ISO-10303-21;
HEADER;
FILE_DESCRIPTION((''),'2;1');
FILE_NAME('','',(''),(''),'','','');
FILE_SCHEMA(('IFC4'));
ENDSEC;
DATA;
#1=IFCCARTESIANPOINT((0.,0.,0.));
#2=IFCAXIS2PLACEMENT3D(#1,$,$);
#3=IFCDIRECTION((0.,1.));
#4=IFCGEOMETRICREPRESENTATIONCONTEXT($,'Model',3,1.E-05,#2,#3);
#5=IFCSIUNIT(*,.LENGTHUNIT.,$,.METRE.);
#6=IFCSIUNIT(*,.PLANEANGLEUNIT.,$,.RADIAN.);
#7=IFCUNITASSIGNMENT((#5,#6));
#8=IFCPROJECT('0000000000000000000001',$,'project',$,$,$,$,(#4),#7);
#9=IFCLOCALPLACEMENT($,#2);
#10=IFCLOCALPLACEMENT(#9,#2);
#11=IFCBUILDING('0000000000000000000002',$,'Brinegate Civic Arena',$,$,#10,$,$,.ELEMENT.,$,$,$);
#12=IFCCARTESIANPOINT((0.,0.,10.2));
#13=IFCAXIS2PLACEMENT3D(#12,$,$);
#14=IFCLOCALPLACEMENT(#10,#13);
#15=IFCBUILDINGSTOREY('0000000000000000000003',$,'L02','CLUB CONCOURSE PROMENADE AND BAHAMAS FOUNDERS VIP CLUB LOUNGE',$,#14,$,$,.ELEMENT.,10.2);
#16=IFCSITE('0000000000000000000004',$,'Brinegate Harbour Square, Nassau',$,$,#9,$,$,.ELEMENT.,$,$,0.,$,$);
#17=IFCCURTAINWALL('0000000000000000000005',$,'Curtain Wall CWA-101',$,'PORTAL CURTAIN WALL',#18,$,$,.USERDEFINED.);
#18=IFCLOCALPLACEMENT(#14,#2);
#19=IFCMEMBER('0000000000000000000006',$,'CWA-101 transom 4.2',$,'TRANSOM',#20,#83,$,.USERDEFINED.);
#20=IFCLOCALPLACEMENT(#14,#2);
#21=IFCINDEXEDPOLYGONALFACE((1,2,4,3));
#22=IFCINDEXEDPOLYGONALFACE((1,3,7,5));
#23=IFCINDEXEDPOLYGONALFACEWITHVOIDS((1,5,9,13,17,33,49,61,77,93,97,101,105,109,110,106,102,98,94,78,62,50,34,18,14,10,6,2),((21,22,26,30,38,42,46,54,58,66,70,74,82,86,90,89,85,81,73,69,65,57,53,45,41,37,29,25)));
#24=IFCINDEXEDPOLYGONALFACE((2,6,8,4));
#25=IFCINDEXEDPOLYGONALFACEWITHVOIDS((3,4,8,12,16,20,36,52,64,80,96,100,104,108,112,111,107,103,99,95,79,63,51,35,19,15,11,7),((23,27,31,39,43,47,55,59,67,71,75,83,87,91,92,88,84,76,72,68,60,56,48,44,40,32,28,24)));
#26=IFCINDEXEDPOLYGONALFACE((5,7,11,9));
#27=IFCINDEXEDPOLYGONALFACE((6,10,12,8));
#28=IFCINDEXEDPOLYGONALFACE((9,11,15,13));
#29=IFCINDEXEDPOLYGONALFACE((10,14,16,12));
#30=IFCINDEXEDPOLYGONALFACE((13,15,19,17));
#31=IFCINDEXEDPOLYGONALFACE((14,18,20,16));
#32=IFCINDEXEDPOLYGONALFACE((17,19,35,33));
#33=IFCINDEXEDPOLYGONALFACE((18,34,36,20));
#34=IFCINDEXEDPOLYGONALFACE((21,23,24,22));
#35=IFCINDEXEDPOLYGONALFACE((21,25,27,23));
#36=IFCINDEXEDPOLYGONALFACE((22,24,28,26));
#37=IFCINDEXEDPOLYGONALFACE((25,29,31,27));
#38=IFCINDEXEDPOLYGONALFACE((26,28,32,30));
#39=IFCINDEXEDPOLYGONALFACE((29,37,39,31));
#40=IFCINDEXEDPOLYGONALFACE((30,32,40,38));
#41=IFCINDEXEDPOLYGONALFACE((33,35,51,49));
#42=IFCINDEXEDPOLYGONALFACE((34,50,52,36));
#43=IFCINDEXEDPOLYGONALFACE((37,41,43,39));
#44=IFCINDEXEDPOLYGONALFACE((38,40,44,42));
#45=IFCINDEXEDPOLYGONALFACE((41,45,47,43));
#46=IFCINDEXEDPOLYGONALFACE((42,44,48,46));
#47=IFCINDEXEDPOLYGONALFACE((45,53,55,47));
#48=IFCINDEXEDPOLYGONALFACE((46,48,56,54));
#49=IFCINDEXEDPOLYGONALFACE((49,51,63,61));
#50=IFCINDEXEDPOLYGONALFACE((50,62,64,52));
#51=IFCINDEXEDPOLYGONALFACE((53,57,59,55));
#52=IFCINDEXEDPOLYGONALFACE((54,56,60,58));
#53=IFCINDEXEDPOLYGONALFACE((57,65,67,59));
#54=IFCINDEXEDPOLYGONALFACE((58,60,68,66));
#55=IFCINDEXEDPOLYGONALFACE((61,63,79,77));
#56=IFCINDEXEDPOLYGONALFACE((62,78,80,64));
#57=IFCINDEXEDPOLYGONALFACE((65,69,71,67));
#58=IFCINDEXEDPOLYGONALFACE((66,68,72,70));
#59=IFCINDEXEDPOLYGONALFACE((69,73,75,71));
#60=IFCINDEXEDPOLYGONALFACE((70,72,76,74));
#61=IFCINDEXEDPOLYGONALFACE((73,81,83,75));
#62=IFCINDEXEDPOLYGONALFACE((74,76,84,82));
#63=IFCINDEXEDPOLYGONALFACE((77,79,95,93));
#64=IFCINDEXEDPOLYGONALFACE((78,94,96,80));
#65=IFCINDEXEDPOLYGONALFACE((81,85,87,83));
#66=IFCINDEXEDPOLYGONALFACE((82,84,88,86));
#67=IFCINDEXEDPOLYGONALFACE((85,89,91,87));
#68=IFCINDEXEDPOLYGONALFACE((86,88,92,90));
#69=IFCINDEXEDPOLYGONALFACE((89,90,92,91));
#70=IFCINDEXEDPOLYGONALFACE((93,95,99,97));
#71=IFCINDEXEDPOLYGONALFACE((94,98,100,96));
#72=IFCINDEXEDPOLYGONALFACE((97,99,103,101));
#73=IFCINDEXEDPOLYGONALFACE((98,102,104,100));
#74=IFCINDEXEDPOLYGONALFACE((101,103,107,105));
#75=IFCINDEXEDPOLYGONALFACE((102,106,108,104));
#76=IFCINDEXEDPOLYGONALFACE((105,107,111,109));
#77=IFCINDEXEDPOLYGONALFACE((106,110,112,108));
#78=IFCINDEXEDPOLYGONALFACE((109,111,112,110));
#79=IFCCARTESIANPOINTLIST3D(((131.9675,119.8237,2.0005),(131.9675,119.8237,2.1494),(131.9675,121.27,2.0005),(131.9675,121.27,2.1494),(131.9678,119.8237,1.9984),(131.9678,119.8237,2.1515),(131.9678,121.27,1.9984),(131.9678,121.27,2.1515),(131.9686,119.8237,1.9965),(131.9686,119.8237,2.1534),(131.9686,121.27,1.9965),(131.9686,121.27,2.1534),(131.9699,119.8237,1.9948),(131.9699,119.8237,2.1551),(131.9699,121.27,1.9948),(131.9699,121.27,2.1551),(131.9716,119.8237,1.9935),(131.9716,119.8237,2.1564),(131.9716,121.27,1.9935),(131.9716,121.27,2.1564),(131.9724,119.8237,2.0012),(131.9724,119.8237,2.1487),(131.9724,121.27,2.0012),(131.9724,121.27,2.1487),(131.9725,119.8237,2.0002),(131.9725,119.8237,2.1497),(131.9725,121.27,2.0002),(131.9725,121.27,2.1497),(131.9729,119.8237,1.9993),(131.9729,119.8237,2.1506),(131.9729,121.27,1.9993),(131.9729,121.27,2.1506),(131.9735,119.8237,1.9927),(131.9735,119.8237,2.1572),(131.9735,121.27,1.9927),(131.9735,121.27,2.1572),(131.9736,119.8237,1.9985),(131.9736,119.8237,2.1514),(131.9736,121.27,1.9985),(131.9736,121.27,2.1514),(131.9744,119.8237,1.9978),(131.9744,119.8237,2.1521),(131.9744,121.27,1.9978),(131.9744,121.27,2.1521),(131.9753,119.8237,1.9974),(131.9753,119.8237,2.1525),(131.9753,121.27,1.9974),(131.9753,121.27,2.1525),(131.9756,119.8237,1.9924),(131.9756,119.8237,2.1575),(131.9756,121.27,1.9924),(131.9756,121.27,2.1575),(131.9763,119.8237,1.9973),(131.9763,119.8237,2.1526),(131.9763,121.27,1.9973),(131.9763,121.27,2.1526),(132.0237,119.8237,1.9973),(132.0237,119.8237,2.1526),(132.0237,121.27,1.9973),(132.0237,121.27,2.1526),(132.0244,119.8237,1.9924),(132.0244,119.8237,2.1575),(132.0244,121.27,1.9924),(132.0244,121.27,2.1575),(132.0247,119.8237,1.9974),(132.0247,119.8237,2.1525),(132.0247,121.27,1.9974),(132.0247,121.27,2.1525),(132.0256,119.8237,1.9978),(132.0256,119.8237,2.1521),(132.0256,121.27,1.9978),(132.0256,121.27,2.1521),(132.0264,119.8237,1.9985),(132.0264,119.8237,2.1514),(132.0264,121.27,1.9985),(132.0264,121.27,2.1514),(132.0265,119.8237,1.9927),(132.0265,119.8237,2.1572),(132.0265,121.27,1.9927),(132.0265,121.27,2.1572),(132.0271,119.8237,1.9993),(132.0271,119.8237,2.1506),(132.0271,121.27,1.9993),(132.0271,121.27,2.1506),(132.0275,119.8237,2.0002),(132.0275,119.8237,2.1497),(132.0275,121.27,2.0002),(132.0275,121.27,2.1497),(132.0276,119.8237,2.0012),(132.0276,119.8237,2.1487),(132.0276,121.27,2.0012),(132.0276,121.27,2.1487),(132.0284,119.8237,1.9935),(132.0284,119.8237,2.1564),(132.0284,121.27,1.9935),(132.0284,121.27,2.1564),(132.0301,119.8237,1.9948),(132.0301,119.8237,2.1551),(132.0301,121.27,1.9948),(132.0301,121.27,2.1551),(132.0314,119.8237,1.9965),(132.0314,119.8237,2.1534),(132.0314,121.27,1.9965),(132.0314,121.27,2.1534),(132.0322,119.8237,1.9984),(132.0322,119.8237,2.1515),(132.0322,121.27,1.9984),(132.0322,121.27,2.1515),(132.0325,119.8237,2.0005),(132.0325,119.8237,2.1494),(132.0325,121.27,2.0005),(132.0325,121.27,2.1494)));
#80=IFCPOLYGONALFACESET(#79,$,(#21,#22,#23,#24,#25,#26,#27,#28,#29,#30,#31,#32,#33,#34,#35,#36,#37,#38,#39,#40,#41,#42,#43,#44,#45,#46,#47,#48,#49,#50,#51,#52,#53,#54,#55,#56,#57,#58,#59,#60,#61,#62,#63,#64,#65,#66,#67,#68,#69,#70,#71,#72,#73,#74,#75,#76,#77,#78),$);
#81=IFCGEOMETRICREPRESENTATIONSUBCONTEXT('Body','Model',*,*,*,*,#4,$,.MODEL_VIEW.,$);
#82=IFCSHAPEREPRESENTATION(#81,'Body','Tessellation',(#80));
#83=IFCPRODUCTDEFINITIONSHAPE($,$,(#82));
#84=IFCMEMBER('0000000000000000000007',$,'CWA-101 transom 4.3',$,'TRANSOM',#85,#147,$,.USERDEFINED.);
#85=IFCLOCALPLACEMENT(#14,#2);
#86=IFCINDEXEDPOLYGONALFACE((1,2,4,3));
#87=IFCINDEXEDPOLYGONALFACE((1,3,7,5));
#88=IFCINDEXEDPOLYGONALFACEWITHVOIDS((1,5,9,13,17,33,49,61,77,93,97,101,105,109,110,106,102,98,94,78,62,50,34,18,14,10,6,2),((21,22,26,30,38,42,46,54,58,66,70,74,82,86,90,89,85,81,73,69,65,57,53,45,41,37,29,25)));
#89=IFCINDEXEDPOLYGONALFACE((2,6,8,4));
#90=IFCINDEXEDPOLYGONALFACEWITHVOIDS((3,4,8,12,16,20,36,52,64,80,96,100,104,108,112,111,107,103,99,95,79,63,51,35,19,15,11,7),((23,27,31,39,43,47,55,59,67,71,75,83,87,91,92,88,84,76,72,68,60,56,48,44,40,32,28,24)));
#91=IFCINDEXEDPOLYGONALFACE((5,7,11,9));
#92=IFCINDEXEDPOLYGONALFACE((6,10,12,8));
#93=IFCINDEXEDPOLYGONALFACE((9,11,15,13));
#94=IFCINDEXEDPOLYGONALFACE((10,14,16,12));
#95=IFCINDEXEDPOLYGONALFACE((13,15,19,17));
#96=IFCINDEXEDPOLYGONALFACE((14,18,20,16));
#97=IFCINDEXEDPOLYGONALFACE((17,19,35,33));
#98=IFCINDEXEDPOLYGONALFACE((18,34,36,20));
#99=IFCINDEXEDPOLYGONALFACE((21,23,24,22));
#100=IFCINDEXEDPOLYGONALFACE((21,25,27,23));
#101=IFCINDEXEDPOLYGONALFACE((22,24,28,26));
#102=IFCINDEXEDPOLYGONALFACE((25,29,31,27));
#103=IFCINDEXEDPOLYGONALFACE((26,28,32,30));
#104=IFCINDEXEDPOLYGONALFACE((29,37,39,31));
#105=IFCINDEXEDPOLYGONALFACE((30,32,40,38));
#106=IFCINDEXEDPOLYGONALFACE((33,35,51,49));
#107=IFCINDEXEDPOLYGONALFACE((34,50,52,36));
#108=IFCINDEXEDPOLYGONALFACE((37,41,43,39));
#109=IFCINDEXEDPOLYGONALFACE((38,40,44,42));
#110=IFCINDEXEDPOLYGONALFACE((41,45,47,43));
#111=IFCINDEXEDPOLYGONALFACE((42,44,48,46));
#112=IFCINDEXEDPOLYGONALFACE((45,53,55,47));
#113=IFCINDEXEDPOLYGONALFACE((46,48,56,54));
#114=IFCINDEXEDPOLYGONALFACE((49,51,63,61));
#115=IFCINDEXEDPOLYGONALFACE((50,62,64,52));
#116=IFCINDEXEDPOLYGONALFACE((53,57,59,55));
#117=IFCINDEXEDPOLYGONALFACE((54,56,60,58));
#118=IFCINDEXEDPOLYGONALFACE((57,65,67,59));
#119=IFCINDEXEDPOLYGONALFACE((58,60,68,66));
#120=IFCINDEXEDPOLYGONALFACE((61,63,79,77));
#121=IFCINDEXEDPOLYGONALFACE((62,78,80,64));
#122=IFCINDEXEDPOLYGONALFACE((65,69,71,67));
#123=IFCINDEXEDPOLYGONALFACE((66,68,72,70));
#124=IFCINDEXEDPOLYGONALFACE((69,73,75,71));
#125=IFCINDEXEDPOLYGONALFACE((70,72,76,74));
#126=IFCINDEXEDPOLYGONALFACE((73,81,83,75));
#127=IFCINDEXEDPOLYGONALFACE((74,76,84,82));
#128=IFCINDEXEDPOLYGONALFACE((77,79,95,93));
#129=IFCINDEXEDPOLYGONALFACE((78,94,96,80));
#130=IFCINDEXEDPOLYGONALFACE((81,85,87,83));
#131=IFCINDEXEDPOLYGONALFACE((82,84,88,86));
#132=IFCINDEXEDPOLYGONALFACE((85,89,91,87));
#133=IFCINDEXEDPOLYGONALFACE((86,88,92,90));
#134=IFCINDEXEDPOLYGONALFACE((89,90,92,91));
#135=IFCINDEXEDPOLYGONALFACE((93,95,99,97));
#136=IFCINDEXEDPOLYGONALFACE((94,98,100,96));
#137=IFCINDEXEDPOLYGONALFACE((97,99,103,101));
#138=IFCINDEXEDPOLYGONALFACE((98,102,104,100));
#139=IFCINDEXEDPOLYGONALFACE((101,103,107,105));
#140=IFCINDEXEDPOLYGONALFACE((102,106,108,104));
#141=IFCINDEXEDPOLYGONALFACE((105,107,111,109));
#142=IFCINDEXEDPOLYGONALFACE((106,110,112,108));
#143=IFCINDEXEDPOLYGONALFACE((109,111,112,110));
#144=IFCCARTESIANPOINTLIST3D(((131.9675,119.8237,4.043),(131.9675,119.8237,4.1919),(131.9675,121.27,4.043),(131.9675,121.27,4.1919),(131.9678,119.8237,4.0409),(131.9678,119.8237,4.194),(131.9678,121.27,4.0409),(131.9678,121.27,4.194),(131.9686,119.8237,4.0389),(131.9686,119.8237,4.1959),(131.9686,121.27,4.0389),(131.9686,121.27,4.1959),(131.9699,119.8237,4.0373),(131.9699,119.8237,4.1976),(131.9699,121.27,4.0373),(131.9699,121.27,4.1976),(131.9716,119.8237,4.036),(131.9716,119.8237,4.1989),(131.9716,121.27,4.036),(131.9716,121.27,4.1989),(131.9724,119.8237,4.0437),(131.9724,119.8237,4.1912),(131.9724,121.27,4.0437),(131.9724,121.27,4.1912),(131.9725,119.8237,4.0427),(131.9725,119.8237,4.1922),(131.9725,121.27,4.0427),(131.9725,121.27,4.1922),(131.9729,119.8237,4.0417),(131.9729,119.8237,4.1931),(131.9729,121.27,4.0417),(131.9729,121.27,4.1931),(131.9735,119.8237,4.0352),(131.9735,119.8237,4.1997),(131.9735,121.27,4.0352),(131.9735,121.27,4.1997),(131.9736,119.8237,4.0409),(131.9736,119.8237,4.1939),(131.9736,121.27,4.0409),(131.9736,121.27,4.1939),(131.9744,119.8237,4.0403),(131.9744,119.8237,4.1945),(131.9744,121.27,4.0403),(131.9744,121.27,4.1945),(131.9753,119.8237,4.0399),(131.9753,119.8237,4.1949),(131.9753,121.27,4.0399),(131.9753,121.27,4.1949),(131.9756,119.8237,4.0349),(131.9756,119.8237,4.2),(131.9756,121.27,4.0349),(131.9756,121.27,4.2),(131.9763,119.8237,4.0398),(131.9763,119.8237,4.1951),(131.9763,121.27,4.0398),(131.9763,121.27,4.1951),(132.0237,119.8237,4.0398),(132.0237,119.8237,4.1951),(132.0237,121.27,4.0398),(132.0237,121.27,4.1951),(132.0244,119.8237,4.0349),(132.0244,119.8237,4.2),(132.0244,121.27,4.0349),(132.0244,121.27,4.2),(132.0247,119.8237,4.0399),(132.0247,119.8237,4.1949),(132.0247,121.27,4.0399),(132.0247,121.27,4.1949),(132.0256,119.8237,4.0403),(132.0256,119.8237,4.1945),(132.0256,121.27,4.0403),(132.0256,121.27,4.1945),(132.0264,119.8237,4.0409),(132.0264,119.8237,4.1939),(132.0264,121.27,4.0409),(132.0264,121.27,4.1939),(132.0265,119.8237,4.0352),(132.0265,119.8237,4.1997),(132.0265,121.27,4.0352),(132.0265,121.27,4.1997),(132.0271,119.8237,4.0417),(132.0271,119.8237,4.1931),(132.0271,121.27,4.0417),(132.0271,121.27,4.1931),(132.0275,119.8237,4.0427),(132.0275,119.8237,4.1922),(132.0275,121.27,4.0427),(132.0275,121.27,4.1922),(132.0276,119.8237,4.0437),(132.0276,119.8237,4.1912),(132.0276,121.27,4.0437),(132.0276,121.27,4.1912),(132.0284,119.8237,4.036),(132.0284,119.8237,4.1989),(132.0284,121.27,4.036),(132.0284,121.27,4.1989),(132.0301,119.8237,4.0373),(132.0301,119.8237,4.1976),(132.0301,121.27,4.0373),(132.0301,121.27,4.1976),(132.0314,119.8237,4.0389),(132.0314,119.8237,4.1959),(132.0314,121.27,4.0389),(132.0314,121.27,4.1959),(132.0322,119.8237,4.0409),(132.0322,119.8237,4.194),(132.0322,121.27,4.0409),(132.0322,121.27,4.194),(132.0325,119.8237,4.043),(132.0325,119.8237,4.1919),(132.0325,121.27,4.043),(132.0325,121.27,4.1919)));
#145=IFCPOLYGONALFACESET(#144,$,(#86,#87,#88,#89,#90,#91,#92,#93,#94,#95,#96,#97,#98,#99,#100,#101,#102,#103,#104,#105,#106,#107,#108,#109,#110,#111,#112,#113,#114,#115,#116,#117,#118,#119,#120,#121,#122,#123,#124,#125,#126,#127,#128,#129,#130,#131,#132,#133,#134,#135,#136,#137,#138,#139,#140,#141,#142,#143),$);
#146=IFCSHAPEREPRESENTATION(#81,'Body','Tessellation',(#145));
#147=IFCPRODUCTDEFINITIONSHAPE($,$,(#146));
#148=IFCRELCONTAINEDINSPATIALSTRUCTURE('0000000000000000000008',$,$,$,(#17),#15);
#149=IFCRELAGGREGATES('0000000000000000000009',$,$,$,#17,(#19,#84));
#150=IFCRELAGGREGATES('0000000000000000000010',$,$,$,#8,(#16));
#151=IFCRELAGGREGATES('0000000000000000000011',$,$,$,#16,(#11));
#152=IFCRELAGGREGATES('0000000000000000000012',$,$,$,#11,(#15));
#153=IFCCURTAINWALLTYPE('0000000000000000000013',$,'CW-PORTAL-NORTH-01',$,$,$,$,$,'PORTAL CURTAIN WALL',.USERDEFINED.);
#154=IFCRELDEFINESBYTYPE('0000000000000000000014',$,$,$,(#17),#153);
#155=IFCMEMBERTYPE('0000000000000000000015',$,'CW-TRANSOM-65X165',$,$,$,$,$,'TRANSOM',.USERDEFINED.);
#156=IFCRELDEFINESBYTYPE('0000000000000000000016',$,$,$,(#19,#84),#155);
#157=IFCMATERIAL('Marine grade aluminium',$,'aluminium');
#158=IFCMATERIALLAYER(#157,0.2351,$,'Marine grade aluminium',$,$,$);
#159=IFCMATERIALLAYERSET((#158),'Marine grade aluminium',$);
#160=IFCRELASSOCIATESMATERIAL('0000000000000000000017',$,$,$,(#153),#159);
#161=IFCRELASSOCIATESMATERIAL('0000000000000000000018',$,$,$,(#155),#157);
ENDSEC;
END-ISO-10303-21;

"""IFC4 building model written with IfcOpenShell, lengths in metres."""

from ifc_helpers import new_model, si_unit, direction, frame, origin, origin_2d, place, context, subcontext, project, spatial, hollow_rectangle, extrude, material, layer, layer_set, material_profile, profile_set, type_object, element, aggregate, save


model = new_model("IFC4")

# Units and contexts
model_context = context("Model", 3, precision=1e-05, world=origin(), true_north=direction((0.0, 1.0)))
body_context = subcontext(model_context, "Body", "Model", "MODEL_VIEW")
ifc_project = project(units=[si_unit("LENGTHUNIT", "METRE"), si_unit("PLANEANGLEUNIT", "RADIAN")], contexts=[model_context])

# Site, building, storey
site_placement = place(None, origin())
site = spatial("IfcSite", under=ifc_project, at=site_placement, Name="Brinegate Harbour Square, Nassau", CompositionType="ELEMENT", RefElevation=0.0)
building_placement = place(site_placement, origin())
building = spatial("IfcBuilding", under=site, at=building_placement, Name="Brinegate Civic Arena", CompositionType="ELEMENT")
storey_placement = place(building_placement, frame((0.0, 0.0, 10.2)))
storey = spatial("IfcBuildingStorey", under=building, at=storey_placement, Name="L02", Description="CLUB CONCOURSE PROMENADE AND BAHAMAS FOUNDERS VIP CLUB LOUNGE", CompositionType="ELEMENT", Elevation=10.2)

# Curtain wall, members
ifc_material_1 = material(Name="Marine grade aluminium", Category="aluminium")
ifc_layer_1 = layer(ifc_material_1, 0.2351, Name="Marine grade aluminium")
ifc_layer_set_1 = layer_set([ifc_layer_1], Name="Marine grade aluminium")
curtain_wall_type = type_object("IfcCurtainWallType", Name="CW-PORTAL-NORTH-01", ElementType="PORTAL CURTAIN WALL", PredefinedType="USERDEFINED", material=ifc_layer_set_1)
curtain_wall_placement = place(storey_placement, origin())
curtain_wall = element("IfcCurtainWall", 1, at=curtain_wall_placement, inside=storey, type_object=curtain_wall_type, Name="Curtain Wall CWA-101", ObjectType="PORTAL CURTAIN WALL", PredefinedType="USERDEFINED")
ifc_material_profile_1 = material_profile(ifc_material_1, hollow_rectangle(XDim=0.0649, YDim=0.165, WallThickness=0.0049, InnerFilletRadius=0.0039, OuterFilletRadius=0.0081, at=origin_2d()), Name="TRN65X165")
ifc_profile_set_1 = profile_set([ifc_material_profile_1], Name="Marine grade aluminium")
member_type_1 = type_object("IfcMemberType", Name="CW-TRANSOM-65X165", ElementType="TRANSOM", PredefinedType="USERDEFINED", material=ifc_profile_set_1)
member_1_placement = place(storey_placement, frame((132.0, 119.8237, 2.075), z_axis=(0.0, 1.0, 0.0), x_axis=(-1.0, 0.0, 0.0)))
member_1 = element("IfcMember", 2, at=member_1_placement, type_object=member_type_1, Name="CWA-101 transom 4.2", ObjectType="TRANSOM", PredefinedType="USERDEFINED", context=body_context, shape_type="SweptSolid", body=[
    extrude(hollow_rectangle(XDim=0.0649, YDim=0.165, WallThickness=0.0049, InnerFilletRadius=0.0039, OuterFilletRadius=0.0081, at=origin_2d()), origin(), (0.0, 0.0, 1.0), 1.4463),
])
member_2_placement = place(storey_placement, frame((132.0, 119.8237, 4.1174), z_axis=(0.0, 1.0, 0.0), x_axis=(-1.0, 0.0, 0.0)))
member_2 = element("IfcMember", 3, at=member_2_placement, type_object=member_type_1, Name="CWA-101 transom 4.3", ObjectType="TRANSOM", PredefinedType="USERDEFINED", context=body_context, shape_type="SweptSolid", body=[
    extrude(hollow_rectangle(XDim=0.0649, YDim=0.165, WallThickness=0.0049, InnerFilletRadius=0.0039, OuterFilletRadius=0.0081, at=origin_2d()), origin(), (0.0, 0.0, 1.0), 1.4463),
])

aggregate(curtain_wall, [member_1, member_2])

save(model, "model.ifc")
